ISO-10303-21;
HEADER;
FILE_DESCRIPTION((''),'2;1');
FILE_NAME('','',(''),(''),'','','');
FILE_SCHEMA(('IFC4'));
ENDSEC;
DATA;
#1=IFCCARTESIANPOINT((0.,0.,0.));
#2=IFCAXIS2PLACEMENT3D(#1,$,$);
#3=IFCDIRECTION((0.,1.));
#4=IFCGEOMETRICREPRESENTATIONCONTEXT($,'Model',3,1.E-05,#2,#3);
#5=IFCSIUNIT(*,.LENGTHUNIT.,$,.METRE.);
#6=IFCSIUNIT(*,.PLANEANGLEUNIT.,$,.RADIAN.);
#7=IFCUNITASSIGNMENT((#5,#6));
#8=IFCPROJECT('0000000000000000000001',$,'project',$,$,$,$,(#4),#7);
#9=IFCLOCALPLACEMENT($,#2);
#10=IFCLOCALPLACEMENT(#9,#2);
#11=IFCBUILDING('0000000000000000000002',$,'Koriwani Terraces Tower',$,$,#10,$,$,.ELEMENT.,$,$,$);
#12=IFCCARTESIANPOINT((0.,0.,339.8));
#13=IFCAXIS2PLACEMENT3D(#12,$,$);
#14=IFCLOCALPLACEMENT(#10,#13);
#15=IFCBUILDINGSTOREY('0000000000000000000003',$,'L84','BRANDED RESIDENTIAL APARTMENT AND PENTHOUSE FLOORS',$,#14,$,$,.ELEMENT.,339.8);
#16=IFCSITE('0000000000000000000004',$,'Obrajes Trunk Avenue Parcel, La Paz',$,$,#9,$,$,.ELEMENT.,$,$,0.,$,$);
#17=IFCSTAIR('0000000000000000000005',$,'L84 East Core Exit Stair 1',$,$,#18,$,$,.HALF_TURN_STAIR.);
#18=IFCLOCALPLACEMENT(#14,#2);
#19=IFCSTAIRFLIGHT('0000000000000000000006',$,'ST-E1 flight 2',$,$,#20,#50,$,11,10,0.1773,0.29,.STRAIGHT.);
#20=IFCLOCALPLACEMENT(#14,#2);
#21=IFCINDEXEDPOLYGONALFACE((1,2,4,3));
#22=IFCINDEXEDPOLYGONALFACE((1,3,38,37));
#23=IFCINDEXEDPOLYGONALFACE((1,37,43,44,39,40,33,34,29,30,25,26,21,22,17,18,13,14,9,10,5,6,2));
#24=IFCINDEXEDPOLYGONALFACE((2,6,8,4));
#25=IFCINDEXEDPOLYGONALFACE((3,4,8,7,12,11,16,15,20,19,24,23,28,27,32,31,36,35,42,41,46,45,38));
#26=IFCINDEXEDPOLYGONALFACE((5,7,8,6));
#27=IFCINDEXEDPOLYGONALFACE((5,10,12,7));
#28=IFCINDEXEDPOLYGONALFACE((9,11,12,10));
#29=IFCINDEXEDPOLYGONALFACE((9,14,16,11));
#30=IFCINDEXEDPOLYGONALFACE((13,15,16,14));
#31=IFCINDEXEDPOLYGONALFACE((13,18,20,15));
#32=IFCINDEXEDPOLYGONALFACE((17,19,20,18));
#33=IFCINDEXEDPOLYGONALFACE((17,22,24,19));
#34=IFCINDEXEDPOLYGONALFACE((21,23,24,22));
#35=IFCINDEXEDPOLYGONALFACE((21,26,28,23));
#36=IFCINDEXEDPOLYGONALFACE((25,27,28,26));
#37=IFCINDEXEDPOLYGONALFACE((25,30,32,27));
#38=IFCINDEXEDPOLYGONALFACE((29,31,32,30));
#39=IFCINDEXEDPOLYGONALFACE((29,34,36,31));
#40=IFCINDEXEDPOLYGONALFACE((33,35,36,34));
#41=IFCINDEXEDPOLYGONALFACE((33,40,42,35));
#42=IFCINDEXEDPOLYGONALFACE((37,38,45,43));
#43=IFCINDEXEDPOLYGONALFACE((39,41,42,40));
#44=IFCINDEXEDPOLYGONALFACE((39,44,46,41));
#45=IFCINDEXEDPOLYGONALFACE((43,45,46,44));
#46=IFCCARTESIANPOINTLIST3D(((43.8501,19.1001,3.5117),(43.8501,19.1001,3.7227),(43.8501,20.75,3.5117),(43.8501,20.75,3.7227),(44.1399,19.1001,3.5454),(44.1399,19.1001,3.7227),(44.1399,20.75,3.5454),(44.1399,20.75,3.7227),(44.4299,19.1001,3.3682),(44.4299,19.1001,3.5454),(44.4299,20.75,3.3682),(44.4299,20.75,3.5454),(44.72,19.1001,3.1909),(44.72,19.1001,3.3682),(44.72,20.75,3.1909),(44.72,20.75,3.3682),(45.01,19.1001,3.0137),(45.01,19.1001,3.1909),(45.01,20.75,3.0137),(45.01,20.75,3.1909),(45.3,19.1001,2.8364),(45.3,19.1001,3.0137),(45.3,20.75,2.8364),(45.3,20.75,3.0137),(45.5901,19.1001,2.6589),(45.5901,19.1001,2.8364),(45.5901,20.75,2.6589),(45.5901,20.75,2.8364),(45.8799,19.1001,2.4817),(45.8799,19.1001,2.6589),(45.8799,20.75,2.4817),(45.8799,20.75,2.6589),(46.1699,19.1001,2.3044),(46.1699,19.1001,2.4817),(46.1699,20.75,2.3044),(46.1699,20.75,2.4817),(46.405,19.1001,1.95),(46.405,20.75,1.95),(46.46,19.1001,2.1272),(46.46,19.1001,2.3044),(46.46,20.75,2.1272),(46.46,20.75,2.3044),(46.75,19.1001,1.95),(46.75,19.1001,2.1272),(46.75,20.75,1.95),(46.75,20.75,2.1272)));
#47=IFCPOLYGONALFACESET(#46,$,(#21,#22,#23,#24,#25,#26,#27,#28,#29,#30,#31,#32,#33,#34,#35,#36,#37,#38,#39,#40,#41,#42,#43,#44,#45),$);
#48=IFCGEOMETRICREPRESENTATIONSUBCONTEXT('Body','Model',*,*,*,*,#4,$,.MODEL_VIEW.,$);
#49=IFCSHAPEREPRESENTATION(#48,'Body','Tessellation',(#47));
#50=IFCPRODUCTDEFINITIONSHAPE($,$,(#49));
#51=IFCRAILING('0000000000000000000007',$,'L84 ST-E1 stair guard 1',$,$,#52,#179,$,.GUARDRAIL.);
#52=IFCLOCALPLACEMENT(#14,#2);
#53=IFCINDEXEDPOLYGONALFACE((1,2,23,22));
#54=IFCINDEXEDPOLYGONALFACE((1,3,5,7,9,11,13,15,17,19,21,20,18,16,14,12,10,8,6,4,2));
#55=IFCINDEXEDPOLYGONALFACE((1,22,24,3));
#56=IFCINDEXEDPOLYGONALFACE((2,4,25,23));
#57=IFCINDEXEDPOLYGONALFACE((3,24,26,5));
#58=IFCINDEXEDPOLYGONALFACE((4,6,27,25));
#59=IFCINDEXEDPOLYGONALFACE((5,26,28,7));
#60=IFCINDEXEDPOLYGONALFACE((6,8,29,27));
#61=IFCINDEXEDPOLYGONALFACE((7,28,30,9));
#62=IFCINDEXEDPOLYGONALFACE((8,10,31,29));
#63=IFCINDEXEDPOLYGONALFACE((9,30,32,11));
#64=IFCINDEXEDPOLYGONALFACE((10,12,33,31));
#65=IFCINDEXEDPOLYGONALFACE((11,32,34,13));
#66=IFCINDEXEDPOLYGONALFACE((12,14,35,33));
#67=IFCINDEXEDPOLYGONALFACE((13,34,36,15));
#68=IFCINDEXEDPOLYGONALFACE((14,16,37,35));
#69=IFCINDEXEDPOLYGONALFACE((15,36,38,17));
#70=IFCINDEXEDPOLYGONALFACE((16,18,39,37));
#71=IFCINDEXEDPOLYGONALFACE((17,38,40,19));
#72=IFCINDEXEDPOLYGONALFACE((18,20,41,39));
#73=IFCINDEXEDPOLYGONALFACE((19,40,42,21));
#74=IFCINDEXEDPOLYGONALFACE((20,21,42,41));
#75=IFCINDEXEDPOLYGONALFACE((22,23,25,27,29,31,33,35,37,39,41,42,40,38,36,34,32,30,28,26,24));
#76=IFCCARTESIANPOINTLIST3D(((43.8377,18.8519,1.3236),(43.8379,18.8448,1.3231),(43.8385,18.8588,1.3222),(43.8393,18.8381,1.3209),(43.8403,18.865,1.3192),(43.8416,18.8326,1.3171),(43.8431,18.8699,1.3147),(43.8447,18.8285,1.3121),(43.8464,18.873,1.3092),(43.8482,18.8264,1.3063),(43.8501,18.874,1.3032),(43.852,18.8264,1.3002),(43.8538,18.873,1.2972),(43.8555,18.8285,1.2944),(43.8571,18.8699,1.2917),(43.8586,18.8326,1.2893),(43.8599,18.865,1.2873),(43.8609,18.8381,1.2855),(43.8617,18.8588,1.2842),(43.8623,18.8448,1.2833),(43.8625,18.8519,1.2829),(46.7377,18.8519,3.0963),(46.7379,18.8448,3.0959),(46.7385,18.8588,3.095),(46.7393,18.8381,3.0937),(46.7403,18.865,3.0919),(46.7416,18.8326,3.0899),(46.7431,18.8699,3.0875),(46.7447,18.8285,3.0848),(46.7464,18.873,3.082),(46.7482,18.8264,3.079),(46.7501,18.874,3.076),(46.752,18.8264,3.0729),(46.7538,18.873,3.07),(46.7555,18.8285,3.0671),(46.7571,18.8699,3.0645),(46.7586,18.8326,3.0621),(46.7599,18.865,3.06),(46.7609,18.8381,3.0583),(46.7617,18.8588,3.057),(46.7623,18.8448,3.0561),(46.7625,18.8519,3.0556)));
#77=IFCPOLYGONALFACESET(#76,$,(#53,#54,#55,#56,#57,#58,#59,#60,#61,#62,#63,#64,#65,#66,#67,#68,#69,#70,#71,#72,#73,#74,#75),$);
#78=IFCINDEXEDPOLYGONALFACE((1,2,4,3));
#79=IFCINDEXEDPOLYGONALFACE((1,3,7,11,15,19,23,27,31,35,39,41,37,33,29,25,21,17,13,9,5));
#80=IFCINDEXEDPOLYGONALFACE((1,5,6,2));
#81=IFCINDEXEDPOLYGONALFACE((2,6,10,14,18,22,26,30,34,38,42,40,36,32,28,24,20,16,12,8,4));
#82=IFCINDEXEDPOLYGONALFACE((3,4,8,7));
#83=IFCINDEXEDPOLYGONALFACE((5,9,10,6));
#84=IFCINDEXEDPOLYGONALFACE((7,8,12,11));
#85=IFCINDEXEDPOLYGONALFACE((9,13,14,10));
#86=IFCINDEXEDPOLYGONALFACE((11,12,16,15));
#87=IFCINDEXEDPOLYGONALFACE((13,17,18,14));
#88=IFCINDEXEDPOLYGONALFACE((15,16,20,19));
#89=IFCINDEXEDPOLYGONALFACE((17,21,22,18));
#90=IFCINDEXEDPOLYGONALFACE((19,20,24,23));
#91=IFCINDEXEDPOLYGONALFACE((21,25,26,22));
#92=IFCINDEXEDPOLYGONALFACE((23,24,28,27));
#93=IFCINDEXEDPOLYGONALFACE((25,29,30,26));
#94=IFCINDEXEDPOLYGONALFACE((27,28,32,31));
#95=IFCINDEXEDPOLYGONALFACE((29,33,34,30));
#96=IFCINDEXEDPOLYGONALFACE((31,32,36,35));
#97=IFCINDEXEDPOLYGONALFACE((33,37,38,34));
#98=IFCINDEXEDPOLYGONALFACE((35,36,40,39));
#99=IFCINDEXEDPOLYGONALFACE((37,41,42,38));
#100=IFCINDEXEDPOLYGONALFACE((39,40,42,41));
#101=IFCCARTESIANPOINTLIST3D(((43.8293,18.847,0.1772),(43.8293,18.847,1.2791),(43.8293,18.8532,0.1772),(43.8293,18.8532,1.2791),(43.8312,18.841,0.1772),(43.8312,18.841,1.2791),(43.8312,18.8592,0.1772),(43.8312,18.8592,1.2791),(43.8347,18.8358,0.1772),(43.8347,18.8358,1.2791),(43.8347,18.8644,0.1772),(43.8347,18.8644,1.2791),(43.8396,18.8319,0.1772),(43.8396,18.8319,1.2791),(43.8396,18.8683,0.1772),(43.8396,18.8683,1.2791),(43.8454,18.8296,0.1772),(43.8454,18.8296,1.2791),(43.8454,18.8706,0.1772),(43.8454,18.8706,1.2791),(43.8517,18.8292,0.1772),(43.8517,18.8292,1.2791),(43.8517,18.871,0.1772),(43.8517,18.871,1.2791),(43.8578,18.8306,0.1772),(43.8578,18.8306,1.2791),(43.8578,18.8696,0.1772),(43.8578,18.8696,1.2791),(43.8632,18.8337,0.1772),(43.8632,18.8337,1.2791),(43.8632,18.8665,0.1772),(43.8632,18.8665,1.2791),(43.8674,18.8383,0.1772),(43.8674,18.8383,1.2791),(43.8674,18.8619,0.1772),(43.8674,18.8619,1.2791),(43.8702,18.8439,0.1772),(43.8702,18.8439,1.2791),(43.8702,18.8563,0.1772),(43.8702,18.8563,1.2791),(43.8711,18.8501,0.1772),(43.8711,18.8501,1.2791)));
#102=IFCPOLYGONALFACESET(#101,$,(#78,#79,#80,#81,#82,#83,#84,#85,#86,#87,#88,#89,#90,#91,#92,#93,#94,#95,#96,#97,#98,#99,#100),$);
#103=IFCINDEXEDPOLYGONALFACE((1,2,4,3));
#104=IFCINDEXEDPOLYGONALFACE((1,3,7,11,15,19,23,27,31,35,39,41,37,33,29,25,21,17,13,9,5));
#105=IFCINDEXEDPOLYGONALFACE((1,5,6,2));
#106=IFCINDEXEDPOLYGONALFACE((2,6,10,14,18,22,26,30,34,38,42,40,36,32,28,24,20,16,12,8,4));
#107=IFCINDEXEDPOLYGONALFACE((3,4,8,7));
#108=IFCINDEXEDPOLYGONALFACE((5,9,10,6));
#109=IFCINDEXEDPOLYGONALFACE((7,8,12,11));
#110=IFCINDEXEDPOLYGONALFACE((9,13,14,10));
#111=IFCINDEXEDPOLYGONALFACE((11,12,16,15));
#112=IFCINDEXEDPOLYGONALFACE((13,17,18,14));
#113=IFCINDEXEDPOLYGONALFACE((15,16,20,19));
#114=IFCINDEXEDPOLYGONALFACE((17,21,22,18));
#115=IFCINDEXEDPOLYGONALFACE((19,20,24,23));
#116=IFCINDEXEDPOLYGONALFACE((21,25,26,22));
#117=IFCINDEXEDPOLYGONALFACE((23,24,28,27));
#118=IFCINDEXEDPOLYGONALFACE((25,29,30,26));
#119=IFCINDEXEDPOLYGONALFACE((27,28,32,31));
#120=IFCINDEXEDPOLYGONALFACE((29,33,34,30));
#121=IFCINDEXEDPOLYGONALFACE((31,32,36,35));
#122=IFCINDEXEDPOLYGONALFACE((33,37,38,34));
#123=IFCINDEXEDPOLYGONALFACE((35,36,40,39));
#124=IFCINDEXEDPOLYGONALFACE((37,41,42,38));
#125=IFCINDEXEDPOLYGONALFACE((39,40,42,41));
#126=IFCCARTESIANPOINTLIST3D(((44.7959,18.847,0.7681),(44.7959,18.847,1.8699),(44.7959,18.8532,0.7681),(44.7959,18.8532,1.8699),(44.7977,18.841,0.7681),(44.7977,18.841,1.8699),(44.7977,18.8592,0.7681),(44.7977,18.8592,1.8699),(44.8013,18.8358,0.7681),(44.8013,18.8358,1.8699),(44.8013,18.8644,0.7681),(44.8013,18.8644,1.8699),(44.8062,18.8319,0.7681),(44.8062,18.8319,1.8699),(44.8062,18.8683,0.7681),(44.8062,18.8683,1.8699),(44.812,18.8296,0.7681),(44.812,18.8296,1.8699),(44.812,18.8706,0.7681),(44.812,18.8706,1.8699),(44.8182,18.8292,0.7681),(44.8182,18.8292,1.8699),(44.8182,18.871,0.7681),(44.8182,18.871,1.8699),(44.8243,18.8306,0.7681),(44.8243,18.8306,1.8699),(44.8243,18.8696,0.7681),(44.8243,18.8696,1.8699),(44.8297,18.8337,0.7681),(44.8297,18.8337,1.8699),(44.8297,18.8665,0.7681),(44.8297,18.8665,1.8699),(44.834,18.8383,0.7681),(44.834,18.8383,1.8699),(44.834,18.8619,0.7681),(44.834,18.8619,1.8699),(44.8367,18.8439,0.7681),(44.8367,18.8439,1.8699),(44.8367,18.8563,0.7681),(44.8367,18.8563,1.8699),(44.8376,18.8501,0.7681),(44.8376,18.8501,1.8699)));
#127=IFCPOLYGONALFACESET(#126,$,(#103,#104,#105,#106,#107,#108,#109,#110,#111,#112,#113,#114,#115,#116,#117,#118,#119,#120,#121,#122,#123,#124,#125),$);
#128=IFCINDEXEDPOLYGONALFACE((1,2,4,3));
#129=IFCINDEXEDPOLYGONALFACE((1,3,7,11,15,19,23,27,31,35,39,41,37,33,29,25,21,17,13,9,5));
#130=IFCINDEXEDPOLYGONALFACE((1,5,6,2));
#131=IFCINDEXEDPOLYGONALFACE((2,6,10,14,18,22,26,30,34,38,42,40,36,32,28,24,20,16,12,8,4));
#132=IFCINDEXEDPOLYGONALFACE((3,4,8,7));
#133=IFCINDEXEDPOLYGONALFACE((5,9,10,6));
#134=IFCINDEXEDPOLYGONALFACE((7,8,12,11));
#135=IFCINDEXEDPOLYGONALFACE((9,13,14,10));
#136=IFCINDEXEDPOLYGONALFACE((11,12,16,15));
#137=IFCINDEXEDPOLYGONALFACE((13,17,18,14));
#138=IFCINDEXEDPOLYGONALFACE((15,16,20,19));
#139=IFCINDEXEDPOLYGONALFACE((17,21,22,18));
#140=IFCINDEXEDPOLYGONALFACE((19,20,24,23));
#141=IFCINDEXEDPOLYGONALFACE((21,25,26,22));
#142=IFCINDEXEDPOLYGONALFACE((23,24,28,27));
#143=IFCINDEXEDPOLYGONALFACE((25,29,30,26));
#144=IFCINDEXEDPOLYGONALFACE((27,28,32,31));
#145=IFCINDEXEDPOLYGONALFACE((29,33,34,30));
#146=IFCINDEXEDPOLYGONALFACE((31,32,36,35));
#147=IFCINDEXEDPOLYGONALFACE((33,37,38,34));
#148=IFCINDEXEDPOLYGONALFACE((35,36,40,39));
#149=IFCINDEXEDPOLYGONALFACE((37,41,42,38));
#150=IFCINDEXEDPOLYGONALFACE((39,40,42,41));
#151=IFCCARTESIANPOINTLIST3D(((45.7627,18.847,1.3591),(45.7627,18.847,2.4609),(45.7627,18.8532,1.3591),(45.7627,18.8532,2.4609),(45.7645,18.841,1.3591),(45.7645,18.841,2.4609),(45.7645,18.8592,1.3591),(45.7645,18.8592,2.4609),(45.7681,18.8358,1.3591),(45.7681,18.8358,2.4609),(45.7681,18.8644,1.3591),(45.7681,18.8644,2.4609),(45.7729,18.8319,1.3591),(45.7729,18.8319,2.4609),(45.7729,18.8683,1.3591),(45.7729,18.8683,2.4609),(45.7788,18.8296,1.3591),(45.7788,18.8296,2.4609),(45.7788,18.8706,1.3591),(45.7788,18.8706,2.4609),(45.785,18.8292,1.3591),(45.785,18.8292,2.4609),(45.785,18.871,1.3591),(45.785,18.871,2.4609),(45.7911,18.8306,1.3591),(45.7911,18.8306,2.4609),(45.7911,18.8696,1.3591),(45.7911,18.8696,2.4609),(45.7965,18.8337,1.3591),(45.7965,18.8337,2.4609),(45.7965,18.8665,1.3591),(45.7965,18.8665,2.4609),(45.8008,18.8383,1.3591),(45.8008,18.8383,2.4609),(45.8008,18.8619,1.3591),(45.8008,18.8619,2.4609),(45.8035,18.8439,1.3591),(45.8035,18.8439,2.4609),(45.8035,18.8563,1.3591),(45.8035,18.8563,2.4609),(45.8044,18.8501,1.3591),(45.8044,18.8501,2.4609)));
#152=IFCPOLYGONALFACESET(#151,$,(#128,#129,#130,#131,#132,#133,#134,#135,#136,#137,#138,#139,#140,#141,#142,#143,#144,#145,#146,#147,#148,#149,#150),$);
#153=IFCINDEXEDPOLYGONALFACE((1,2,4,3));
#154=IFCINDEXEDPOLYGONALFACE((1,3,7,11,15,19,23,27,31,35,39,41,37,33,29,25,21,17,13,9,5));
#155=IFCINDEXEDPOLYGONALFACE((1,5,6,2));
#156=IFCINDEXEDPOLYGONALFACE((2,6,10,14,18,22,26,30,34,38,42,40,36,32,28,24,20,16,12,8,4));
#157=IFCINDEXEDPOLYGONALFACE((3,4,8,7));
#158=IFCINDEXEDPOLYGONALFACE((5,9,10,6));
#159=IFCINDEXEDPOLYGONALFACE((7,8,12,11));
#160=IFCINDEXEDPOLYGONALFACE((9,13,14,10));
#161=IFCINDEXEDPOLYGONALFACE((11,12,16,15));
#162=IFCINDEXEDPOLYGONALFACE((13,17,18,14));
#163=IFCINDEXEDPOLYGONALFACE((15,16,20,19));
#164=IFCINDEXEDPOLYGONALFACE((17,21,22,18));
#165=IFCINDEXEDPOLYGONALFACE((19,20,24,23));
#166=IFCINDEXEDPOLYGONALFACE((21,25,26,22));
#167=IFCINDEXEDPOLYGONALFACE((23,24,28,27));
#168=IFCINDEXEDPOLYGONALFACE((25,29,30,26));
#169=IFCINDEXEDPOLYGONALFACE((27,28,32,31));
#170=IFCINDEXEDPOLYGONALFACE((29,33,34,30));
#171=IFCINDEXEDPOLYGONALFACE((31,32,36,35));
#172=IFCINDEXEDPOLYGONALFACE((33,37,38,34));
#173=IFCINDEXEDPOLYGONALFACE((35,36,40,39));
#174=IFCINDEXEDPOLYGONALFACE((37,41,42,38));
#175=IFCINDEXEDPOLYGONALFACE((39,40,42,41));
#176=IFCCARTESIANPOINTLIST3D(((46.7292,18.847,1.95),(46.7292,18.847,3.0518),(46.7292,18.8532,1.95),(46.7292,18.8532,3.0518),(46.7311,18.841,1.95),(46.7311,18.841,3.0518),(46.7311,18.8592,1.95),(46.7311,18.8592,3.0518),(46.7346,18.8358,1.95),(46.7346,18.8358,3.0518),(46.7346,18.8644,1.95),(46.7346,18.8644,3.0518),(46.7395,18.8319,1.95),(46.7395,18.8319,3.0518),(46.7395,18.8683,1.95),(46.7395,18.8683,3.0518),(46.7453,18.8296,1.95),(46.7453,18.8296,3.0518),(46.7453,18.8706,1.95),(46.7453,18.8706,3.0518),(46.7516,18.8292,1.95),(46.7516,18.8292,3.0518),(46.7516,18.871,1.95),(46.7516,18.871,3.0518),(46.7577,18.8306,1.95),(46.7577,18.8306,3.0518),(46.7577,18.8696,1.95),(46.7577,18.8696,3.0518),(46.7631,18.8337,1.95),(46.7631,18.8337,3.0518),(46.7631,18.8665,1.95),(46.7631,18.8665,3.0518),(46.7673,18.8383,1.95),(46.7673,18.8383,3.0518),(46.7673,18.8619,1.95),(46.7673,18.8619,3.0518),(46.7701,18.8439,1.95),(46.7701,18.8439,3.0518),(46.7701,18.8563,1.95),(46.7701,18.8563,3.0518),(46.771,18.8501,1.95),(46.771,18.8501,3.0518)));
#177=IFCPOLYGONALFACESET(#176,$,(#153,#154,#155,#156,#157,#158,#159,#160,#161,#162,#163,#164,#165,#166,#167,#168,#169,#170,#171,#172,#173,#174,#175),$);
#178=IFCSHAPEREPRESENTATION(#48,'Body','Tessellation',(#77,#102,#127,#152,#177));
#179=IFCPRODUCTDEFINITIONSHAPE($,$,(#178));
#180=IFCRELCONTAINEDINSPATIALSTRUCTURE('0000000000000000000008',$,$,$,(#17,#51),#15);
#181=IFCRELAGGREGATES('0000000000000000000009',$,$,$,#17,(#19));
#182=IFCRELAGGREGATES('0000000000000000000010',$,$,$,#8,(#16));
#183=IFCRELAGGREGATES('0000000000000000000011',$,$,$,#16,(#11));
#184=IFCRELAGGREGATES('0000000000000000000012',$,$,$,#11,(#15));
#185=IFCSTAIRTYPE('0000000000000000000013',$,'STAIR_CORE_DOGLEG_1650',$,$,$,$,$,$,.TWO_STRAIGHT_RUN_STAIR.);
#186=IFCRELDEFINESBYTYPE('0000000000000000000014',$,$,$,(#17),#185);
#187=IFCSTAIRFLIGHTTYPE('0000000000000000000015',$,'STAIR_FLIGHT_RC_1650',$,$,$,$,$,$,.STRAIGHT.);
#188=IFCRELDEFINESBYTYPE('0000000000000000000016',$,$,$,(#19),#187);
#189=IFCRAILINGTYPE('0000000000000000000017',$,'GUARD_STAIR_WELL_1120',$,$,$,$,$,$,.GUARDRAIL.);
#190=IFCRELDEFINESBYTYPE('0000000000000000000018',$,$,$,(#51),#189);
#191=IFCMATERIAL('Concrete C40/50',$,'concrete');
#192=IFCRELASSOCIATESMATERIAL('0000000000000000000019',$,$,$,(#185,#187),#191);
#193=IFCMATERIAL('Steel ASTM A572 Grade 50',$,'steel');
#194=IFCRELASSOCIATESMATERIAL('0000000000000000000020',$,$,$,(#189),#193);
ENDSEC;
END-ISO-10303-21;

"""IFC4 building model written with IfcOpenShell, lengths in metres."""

from ifc_helpers import new_model, si_unit, direction, frame, origin, origin_2d, place, context, subcontext, project, spatial, polyline, circle, outline, extrude, material, type_object, element, aggregate, save


model = new_model("IFC4")

# Units and contexts
model_context = context("Model", 3, precision=1e-05, world=origin(), true_north=direction((0.0, 1.0)))
body_context = subcontext(model_context, "Body", "Model", "MODEL_VIEW")
ifc_project = project(units=[si_unit("LENGTHUNIT", "METRE"), si_unit("PLANEANGLEUNIT", "RADIAN")], contexts=[model_context])

# Site, building, storey
site_placement = place(None, origin())
site = spatial("IfcSite", under=ifc_project, at=site_placement, Name="Obrajes Trunk Avenue Parcel, La Paz", CompositionType="ELEMENT", RefElevation=0.0)
building_placement = place(site_placement, origin())
building = spatial("IfcBuilding", under=site, at=building_placement, Name="Koriwani Terraces Tower", CompositionType="ELEMENT")
storey_placement = place(building_placement, frame((0.0, 0.0, 339.8)))
storey = spatial("IfcBuildingStorey", under=building, at=storey_placement, Name="L84", Description="BRANDED RESIDENTIAL APARTMENT AND PENTHOUSE FLOORS", CompositionType="ELEMENT", Elevation=339.8)

# Shared definitions
ifc_material_1 = material(Name="Concrete C40/50", Category="concrete")

# Shared definitions
ifc_material_2 = material(Name="Steel ASTM A572 Grade 50", Category="steel")

# Stair, stair flight
stair_type = type_object("IfcStairType", Name="STAIR_CORE_DOGLEG_1650", PredefinedType="TWO_STRAIGHT_RUN_STAIR", material=ifc_material_1)
stair_placement = place(storey_placement, origin())
stair = element("IfcStair", 1, at=stair_placement, inside=storey, type_object=stair_type, Name="L84 East Core Exit Stair 1", PredefinedType="HALF_TURN_STAIR")
stair_flight_type = type_object("IfcStairFlightType", Name="STAIR_FLIGHT_RC_1650", PredefinedType="STRAIGHT", material=ifc_material_1)
stair_flight_1_placement = place(storey_placement, frame((46.75, 19.925, 1.95), z_axis=(0.0, 0.0, 1.0), x_axis=(-1.0, 0.0, 0.0)))
stair_flight_1 = element("IfcStairFlight", 2, at=stair_flight_1_placement, type_object=stair_flight_type, Name="ST-E1 flight 2", NumberOfRisers=11, NumberOfTreads=10, PredefinedType="STRAIGHT", RiserHeight=0.1773, TreadLength=0.29, context=body_context, shape_type="SweptSolid", body=[
    extrude(outline(polyline([(0.0, 0.0), (0.0, 0.1772), (0.29, 0.1772), (0.29, 0.3545), (0.5801, 0.3545), (0.5801, 0.5317), (0.8701, 0.5317), (0.8701, 0.709), (1.1599, 0.709), (1.1599, 0.8865), (1.45, 0.8865), (1.45, 1.0637), (1.74, 1.0637), (1.74, 1.241), (2.03, 1.241), (2.03, 1.4182), (2.3201, 1.4182), (2.3201, 1.5955), (2.6101, 1.5955), (2.6101, 1.7727), (2.8999, 1.7727), (2.8999, 1.95), (2.8999, 1.5618), (0.345, 0.0), (0.0, 0.0)])), frame((0.0, 0.825, 0.0), z_axis=(0.0, -1.0, 0.0), x_axis=(1.0, 0.0, 0.0)), (0.0, 0.0, 1.0), 1.6499),
])
aggregate(stair, [stair_flight_1])

# Railing
railing_type_1 = type_object("IfcRailingType", Name="GUARD_STAIR_WELL_1120", PredefinedType="GUARDRAIL", material=ifc_material_2)
railing_1_placement = place(storey_placement, frame((43.8501, 18.8501, 0.1772)))
element("IfcRailing", 3, at=railing_1_placement, inside=storey, type_object=railing_type_1, Name="L84 ST-E1 stair guard 1", PredefinedType="GUARDRAIL", context=body_context, shape_type="SweptSolid", body=[
    extrude(circle(Radius=0.0239, at=origin_2d()), frame((0.0, 0.0, 1.126), z_axis=(0.853211, 0.0, 0.521566), x_axis=(0.0, 1.0, 0.0)), (0.0, 0.0, 1.0), 3.3989),
    extrude(circle(Radius=0.021, at=origin_2d()), origin(), (0.0, 0.0, 1.0), 1.1018),
    extrude(circle(Radius=0.021, at=origin_2d()), frame((0.9666, 0.0, 0.5908)), (0.0, 0.0, 1.0), 1.1018),
    extrude(circle(Radius=0.021, at=origin_2d()), frame((1.9333, 0.0, 1.1819)), (0.0, 0.0, 1.0), 1.1018),
    extrude(circle(Radius=0.021, at=origin_2d()), frame((2.8999, 0.0, 1.7727)), (0.0, 0.0, 1.0), 1.1018),
])

save(model, "model.ifc")
